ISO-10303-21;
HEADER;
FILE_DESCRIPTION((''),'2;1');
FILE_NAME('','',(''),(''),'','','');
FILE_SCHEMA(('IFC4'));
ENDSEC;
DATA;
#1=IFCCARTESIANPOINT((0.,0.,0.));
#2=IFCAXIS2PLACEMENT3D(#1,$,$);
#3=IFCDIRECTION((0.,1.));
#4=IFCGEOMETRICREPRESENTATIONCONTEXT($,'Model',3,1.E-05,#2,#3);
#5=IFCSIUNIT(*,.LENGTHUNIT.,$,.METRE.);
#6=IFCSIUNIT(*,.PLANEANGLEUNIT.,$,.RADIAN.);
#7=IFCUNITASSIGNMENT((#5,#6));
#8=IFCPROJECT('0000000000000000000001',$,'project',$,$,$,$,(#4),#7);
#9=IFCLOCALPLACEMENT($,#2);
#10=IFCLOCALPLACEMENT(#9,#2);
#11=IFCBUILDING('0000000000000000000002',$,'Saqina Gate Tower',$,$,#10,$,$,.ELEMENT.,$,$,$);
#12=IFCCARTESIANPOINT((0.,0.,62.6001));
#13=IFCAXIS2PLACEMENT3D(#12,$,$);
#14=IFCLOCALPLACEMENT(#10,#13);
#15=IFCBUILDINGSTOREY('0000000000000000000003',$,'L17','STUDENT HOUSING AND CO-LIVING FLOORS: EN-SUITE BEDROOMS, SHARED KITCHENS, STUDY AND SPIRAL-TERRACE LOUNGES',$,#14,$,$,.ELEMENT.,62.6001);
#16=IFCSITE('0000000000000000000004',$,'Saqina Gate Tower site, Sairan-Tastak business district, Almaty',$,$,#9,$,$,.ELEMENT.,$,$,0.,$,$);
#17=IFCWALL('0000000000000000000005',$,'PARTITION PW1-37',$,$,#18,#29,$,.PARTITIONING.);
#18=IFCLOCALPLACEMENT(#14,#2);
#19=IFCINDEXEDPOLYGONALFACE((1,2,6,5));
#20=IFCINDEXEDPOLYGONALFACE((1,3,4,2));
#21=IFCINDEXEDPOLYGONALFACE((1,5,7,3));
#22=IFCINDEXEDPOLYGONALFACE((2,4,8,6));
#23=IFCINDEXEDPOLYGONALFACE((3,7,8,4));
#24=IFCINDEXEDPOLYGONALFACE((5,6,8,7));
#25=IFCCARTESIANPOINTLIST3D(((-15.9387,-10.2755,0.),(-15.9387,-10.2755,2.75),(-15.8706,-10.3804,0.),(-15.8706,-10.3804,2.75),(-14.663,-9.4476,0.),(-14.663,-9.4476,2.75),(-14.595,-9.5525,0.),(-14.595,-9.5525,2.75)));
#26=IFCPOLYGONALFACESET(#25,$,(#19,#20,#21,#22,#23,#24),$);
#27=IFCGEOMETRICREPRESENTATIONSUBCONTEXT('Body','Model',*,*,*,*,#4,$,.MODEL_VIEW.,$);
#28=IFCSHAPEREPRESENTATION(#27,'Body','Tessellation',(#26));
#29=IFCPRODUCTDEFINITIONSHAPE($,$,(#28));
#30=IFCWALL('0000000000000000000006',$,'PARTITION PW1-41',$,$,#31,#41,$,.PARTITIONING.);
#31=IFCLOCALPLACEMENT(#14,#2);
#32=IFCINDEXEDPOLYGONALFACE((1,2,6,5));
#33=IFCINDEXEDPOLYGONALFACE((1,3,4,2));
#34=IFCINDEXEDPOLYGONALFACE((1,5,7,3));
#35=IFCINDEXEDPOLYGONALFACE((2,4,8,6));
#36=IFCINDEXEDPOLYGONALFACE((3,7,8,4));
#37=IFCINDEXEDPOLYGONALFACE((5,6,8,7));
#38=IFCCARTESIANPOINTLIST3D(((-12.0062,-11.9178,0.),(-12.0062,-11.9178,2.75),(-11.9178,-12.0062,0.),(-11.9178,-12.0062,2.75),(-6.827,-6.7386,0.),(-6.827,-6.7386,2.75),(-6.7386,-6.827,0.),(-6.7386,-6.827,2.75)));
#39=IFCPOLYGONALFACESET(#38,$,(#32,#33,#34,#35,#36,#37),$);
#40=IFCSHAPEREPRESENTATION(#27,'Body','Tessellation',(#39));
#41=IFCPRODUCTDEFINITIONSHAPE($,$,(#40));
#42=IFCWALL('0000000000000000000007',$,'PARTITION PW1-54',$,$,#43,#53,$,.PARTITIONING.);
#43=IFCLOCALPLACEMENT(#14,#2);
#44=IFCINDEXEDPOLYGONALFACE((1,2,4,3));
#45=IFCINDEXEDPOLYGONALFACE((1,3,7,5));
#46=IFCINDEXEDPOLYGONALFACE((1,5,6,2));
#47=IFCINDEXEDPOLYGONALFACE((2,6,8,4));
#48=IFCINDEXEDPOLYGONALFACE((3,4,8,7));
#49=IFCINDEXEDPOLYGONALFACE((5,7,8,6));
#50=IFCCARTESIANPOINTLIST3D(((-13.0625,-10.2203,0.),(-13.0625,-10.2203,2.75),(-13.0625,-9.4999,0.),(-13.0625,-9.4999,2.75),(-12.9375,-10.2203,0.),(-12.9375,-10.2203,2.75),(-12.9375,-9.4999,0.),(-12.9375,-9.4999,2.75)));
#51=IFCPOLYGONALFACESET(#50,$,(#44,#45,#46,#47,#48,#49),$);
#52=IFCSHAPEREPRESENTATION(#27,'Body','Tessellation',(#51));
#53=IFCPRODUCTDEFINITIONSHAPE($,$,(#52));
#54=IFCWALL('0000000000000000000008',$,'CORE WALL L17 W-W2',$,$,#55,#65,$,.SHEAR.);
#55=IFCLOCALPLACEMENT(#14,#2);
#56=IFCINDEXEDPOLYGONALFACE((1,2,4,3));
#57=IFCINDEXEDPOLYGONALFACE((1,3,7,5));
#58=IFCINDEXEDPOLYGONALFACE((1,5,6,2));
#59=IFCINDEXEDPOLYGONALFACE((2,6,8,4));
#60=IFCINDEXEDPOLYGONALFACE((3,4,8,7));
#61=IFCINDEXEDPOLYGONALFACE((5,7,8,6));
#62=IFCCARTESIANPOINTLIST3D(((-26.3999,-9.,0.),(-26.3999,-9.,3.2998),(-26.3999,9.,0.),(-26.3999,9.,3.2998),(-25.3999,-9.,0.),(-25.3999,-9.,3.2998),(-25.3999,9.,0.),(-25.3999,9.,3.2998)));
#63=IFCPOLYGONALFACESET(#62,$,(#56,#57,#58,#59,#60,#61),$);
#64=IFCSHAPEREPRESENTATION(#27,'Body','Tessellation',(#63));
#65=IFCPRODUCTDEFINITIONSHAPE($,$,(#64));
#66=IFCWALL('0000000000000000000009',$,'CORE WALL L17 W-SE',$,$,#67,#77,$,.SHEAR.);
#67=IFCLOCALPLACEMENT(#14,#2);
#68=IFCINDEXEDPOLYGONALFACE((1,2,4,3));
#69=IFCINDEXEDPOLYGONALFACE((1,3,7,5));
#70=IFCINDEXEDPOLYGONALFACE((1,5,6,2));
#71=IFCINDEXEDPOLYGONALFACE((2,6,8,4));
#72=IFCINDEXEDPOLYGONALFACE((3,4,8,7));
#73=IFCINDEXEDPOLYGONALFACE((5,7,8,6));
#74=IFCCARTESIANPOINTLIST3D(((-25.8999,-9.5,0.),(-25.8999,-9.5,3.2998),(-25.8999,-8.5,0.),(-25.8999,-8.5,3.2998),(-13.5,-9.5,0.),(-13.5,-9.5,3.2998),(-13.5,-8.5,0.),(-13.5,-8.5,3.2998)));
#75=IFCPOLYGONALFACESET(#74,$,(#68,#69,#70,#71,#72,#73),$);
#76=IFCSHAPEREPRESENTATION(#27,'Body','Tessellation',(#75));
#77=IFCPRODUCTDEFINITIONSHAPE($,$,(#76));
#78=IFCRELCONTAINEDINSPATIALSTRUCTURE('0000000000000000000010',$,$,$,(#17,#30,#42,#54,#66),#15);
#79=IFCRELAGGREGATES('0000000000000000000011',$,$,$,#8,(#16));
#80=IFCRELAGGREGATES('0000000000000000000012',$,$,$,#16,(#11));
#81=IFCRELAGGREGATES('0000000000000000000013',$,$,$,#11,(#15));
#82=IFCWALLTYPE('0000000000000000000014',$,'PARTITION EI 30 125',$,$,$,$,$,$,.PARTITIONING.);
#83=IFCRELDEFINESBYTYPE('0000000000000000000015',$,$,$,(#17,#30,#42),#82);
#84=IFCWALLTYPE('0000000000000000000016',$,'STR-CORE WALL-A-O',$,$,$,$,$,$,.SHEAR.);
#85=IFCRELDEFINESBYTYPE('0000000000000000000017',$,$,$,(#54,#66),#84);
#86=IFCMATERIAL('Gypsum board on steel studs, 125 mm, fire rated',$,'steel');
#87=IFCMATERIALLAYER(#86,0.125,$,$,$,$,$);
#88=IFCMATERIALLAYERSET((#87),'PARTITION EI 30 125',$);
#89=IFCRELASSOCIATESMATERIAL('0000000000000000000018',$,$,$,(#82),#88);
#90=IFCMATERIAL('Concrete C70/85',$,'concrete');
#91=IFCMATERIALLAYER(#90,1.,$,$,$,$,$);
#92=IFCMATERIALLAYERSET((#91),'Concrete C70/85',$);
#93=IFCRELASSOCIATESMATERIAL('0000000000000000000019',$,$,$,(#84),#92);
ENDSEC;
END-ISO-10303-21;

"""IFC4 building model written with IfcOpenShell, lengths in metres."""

from ifc_helpers import new_model, si_unit, direction, frame, frame_2d, origin, place, context, subcontext, project, spatial, rectangle, extrude, material, layer, layer_set, type_object, element, save


model = new_model("IFC4")

# Units and contexts
model_context = context("Model", 3, precision=1e-05, world=origin(), true_north=direction((0.0, 1.0)))
body_context = subcontext(model_context, "Body", "Model", "MODEL_VIEW")
ifc_project = project(units=[si_unit("LENGTHUNIT", "METRE"), si_unit("PLANEANGLEUNIT", "RADIAN")], contexts=[model_context])

# Site, building, storey
site_placement = place(None, origin())
site = spatial("IfcSite", under=ifc_project, at=site_placement, Name="Saqina Gate Tower site, Sairan-Tastak business district, Almaty", CompositionType="ELEMENT", RefElevation=0.0)
building_placement = place(site_placement, origin())
building = spatial("IfcBuilding", under=site, at=building_placement, Name="Saqina Gate Tower", CompositionType="ELEMENT")
storey_placement = place(building_placement, frame((0.0, 0.0, 62.6001)))
storey = spatial("IfcBuildingStorey", under=building, at=storey_placement, Name="L17", Description="STUDENT HOUSING AND CO-LIVING FLOORS: EN-SUITE BEDROOMS, SHARED KITCHENS, STUDY AND SPIRAL-TERRACE LOUNGES", CompositionType="ELEMENT", Elevation=62.6001)

# Shared definitions
ifc_material_1 = material(Name="Gypsum board on steel studs, 125 mm, fire rated", Category="steel")
ifc_layer_1 = layer(ifc_material_1, 0.125)
ifc_layer_set_1 = layer_set([ifc_layer_1], Name="PARTITION EI 30 125")
wall_type_1 = type_object("IfcWallType", Name="PARTITION EI 30 125", PredefinedType="PARTITIONING", material=ifc_layer_set_1)

# Walls
wall_1_placement = place(storey_placement, frame((-15.9045, -10.3279, 0.0), z_axis=(0.0, 0.0, 1.0), x_axis=(0.838829, 0.544396, 0.0)))
element("IfcWall", 1, at=wall_1_placement, inside=storey, type_object=wall_type_1, Name="PARTITION PW1-37", PredefinedType="PARTITIONING", context=body_context, shape_type="SweptSolid", body=[
    extrude(rectangle(XDim=1.5208, YDim=0.125, at=frame_2d((0.7603, 0.0))), origin(), (0.0, 0.0, 1.0), 2.75),
])
wall_2_placement = place(storey_placement, frame((-11.9619, -11.9619, 0.0), z_axis=(0.0, 0.0, 1.0), x_axis=(0.707107, 0.707107, 0.0)))
element("IfcWall", 2, at=wall_2_placement, inside=storey, type_object=wall_type_1, Name="PARTITION PW1-41", PredefinedType="PARTITIONING", context=body_context, shape_type="SweptSolid", body=[
    extrude(rectangle(XDim=7.3245, YDim=0.125, at=frame_2d((3.6621, 0.0))), origin(), (0.0, 0.0, 1.0), 2.75),
])
wall_3_placement = place(storey_placement, frame((-13.0, -10.2205, 0.0), z_axis=(0.0, 0.0, 1.0), x_axis=(0.0, 1.0, 0.0)))
element("IfcWall", 3, at=wall_3_placement, inside=storey, type_object=wall_type_1, Name="PARTITION PW1-54", PredefinedType="PARTITIONING", context=body_context, shape_type="SweptSolid", body=[
    extrude(rectangle(XDim=0.7205, YDim=0.125, at=frame_2d((0.3604, 0.0))), origin(), (0.0, 0.0, 1.0), 2.75),
])

# Shared definitions
ifc_material_2 = material(Name="Concrete C70/85", Category="concrete")
ifc_layer_2 = layer(ifc_material_2, 1.0)
ifc_layer_set_2 = layer_set([ifc_layer_2], Name="Concrete C70/85")
wall_type_2 = type_object("IfcWallType", Name="STR-CORE WALL-A-O", PredefinedType="SHEAR", material=ifc_layer_set_2)

# Walls
wall_4_placement = place(storey_placement, frame((-25.8999, -9.0, 0.0), z_axis=(0.0, 0.0, 1.0), x_axis=(0.0, 1.0, 0.0)))
element("IfcWall", 4, at=wall_4_placement, inside=storey, type_object=wall_type_2, Name="CORE WALL L17 W-W2", PredefinedType="SHEAR", context=body_context, shape_type="SweptSolid", body=[
    extrude(rectangle(XDim=18.0, YDim=1.0, at=frame_2d((9.0, 0.0))), origin(), (0.0, 0.0, 1.0), 3.2998),
])
wall_5_placement = place(storey_placement, frame((-13.5, -9.0, 0.0), z_axis=(0.0, 0.0, 1.0), x_axis=(-1.0, 0.0, 0.0)))
element("IfcWall", 5, at=wall_5_placement, inside=storey, type_object=wall_type_2, Name="CORE WALL L17 W-SE", PredefinedType="SHEAR", context=body_context, shape_type="SweptSolid", body=[
    extrude(rectangle(XDim=12.3999, YDim=1.0, at=frame_2d((6.2, 0.0))), origin(), (0.0, 0.0, 1.0), 3.2998),
])

save(model, "model.ifc")
